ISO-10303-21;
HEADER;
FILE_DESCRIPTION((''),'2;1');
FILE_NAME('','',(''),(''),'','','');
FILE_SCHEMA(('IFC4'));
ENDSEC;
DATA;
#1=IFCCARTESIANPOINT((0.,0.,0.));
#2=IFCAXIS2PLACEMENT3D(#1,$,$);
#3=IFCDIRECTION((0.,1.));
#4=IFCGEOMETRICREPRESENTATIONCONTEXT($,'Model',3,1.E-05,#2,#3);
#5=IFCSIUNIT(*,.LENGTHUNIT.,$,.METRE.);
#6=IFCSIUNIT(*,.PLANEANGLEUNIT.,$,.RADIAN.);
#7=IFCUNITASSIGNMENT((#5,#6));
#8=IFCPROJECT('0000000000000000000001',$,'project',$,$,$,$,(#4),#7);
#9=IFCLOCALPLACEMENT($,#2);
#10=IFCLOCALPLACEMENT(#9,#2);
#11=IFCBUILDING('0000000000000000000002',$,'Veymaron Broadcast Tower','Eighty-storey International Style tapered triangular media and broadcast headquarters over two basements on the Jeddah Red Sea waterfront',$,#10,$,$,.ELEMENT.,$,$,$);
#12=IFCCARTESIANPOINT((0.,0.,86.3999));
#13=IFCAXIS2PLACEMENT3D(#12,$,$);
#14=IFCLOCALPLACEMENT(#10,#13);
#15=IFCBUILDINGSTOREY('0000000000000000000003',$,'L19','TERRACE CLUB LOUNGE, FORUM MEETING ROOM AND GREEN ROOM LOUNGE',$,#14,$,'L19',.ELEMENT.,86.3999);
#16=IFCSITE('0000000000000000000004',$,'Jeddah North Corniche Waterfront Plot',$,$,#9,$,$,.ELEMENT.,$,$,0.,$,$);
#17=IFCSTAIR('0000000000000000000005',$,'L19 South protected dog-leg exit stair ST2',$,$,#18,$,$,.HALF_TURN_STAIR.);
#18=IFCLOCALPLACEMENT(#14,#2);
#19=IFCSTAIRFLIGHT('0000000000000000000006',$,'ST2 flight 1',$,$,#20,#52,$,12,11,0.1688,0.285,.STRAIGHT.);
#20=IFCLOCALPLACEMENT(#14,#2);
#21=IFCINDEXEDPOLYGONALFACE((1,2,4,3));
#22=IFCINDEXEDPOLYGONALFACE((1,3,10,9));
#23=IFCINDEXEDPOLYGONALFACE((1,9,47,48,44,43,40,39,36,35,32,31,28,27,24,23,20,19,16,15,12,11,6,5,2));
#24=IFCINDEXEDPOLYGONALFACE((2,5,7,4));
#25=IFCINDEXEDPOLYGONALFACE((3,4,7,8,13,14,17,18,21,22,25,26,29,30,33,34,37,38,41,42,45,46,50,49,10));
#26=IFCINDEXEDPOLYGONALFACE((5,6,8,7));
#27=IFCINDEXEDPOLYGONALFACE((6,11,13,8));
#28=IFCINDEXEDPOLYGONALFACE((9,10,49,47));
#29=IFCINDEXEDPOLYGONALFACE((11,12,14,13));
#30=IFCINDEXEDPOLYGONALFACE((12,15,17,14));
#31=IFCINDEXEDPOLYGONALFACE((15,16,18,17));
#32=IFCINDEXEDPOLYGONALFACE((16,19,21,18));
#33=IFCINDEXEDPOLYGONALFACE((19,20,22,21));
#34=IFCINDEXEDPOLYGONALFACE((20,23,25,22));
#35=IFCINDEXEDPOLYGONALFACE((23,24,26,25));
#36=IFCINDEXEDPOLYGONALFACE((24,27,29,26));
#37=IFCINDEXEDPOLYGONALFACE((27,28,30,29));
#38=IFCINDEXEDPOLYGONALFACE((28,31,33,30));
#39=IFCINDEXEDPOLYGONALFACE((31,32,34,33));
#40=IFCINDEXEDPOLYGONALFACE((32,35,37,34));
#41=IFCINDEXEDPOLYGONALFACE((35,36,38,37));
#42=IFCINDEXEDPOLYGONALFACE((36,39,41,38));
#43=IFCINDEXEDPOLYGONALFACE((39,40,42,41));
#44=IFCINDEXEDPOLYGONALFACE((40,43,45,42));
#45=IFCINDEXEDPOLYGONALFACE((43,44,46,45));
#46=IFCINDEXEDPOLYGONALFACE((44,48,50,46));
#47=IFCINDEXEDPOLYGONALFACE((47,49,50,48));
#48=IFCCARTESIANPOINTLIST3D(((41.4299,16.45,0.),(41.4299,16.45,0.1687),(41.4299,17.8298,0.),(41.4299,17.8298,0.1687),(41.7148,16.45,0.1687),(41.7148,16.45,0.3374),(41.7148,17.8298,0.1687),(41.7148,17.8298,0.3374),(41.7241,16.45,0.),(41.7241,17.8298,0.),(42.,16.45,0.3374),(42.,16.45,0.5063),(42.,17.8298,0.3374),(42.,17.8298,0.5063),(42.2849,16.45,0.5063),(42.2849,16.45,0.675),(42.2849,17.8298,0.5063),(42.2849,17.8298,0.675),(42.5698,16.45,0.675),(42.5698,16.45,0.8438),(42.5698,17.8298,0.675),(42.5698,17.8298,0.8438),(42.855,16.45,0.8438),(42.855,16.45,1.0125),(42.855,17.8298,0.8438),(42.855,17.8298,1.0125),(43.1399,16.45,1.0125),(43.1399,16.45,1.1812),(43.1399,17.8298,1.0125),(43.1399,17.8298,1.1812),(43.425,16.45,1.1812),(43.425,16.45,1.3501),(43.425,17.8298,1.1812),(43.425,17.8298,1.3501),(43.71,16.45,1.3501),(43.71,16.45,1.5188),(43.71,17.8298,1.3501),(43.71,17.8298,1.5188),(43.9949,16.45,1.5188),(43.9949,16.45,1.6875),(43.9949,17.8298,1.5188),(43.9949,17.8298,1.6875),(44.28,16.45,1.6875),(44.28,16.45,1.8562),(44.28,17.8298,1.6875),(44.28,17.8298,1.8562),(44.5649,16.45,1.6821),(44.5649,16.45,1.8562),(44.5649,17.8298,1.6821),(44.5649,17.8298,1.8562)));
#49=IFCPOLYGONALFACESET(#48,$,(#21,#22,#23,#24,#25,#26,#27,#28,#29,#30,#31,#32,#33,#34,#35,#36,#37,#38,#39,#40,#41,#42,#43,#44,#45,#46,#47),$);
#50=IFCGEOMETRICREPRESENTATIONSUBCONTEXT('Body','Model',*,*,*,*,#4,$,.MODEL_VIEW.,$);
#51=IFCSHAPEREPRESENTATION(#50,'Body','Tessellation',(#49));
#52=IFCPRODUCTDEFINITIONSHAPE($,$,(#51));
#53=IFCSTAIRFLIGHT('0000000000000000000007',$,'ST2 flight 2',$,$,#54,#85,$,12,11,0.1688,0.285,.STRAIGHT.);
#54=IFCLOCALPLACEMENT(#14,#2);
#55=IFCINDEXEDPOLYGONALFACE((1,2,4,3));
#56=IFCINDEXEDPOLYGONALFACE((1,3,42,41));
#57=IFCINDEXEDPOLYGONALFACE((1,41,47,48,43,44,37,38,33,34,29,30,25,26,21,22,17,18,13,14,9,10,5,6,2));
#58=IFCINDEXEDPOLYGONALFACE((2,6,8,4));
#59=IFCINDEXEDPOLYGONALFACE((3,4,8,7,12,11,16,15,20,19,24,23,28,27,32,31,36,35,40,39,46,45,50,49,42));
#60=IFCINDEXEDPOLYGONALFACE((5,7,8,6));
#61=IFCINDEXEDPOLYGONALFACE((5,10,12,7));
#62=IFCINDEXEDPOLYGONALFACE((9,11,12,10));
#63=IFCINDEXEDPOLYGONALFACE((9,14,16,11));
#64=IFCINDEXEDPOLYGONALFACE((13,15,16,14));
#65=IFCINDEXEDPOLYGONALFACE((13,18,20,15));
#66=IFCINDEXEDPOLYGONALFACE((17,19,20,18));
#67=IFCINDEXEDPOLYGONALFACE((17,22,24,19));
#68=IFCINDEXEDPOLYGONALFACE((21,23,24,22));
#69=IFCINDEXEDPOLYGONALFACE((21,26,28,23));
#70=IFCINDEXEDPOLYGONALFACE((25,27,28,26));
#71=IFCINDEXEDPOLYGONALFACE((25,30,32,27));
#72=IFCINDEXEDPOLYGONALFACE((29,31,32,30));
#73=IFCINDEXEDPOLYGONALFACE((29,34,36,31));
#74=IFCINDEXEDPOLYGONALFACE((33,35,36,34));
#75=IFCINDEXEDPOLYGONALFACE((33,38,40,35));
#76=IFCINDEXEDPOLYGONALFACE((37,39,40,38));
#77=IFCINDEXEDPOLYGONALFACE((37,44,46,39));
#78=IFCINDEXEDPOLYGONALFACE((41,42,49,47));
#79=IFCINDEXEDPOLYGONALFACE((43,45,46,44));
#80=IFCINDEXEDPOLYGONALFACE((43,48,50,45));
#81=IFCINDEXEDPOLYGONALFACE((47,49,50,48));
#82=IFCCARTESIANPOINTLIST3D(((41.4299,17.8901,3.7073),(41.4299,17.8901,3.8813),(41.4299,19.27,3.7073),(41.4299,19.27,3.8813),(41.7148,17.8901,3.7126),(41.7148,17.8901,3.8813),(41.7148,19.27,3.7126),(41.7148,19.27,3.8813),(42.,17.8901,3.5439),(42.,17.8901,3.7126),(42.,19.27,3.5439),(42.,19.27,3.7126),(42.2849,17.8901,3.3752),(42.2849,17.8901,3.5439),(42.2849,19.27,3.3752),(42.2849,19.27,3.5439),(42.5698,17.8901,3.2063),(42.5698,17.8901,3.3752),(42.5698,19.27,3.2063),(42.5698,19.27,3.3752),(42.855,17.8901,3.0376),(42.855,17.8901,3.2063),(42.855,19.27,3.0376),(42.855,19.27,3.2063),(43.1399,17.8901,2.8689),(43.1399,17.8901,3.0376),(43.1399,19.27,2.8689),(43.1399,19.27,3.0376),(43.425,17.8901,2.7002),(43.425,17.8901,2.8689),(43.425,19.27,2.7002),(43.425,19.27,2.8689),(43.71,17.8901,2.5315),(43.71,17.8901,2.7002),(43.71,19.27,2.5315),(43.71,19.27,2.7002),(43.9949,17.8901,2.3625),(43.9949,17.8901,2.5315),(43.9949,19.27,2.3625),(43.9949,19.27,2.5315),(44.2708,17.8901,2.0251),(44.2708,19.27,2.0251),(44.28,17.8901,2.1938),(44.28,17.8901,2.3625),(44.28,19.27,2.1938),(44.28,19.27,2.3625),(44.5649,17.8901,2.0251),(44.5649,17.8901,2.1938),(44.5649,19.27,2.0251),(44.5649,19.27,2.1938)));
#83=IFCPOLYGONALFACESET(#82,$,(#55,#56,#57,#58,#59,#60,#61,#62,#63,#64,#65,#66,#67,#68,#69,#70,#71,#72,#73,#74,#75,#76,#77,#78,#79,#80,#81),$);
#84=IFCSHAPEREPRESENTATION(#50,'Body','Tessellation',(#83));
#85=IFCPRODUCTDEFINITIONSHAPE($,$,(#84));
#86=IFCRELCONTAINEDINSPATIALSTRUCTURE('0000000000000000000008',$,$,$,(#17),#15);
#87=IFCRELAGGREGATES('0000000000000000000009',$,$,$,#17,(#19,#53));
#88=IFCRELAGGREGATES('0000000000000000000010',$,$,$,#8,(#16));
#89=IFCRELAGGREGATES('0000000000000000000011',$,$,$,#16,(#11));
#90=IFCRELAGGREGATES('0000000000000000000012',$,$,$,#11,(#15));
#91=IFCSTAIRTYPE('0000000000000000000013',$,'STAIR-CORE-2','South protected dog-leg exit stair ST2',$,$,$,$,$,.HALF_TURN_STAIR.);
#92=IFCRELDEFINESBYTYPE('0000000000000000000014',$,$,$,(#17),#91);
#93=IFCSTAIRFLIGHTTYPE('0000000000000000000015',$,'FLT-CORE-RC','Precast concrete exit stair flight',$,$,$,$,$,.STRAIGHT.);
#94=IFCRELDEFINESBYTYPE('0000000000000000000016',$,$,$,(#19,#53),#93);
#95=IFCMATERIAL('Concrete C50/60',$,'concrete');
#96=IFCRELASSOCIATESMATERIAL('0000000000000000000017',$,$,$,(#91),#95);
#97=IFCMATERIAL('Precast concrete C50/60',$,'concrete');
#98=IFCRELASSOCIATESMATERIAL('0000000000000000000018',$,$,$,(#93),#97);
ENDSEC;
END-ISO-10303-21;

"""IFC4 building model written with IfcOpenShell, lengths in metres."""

from ifc_helpers import new_model, si_unit, direction, frame, origin, place, context, subcontext, project, spatial, polyline, outline, extrude, material, type_object, element, aggregate, save


model = new_model("IFC4")

# Units and contexts
model_context = context("Model", 3, precision=1e-05, world=origin(), true_north=direction((0.0, 1.0)))
body_context = subcontext(model_context, "Body", "Model", "MODEL_VIEW")
ifc_project = project(units=[si_unit("LENGTHUNIT", "METRE"), si_unit("PLANEANGLEUNIT", "RADIAN")], contexts=[model_context])

# Site, building, storey
site_placement = place(None, origin())
site = spatial("IfcSite", under=ifc_project, at=site_placement, Name="Jeddah North Corniche Waterfront Plot", CompositionType="ELEMENT", RefElevation=0.0)
building_placement = place(site_placement, origin())
building = spatial("IfcBuilding", under=site, at=building_placement, Name="Veymaron Broadcast Tower", Description="Eighty-storey International Style tapered triangular media and broadcast headquarters over two basements on the Jeddah Red Sea waterfront", CompositionType="ELEMENT")
storey_placement = place(building_placement, frame((0.0, 0.0, 86.3999)))
storey = spatial("IfcBuildingStorey", under=building, at=storey_placement, Name="L19", Description="TERRACE CLUB LOUNGE, FORUM MEETING ROOM AND GREEN ROOM LOUNGE", LongName="L19", CompositionType="ELEMENT", Elevation=86.3999)

# Shared definitions
ifc_material_1 = material(Name="Concrete C50/60", Category="concrete")

# Stair, stair flights
stair_type = type_object("IfcStairType", Name="STAIR-CORE-2", Description="South protected dog-leg exit stair ST2", PredefinedType="HALF_TURN_STAIR", material=ifc_material_1)
stair_placement = place(storey_placement, origin())
stair = element("IfcStair", 1, at=stair_placement, inside=storey, type_object=stair_type, Name="L19 South protected dog-leg exit stair ST2", PredefinedType="HALF_TURN_STAIR")
ifc_material_2 = material(Name="Precast concrete C50/60", Category="concrete")
stair_flight_type = type_object("IfcStairFlightType", Name="FLT-CORE-RC", Description="Precast concrete exit stair flight", PredefinedType="STRAIGHT", material=ifc_material_2)
stair_flight_1_placement = place(storey_placement, frame((41.4299, 17.1399, 0.0), z_axis=(0.0, 0.0, 1.0), x_axis=(1.0, 0.0, 0.0)))
stair_flight_1 = element("IfcStairFlight", 2, at=stair_flight_1_placement, type_object=stair_flight_type, Name="ST2 flight 1", NumberOfRisers=12, NumberOfTreads=11, PredefinedType="STRAIGHT", RiserHeight=0.1688, TreadLength=0.285, context=body_context, shape_type="SweptSolid", body=[
    extrude(outline(polyline([(0.0, 0.0), (0.0, 0.1687), (0.2849, 0.1687), (0.2849, 0.3374), (0.5701, 0.3374), (0.5701, 0.5063), (0.855, 0.5063), (0.855, 0.675), (1.1399, 0.675), (1.1399, 0.8438), (1.425, 0.8438), (1.425, 1.0125), (1.71, 1.0125), (1.71, 1.1812), (1.9951, 1.1812), (1.9951, 1.3501), (2.28, 1.3501), (2.28, 1.5188), (2.5649, 1.5188), (2.5649, 1.6875), (2.8501, 1.6875), (2.8501, 1.8562), (3.135, 1.8562), (3.135, 2.0249), (3.135, 1.6821), (0.2942, 0.0), (0.0, 0.0)])), frame((0.0, 0.6899, 0.0), z_axis=(0.0, -1.0, 0.0), x_axis=(1.0, 0.0, 0.0)), (0.0, 0.0, 1.0), 1.3799),
])
stair_flight_2_placement = place(storey_placement, frame((44.5649, 18.5801, 2.0251), z_axis=(0.0, 0.0, 1.0), x_axis=(-1.0, 0.0, 0.0)))
stair_flight_2 = element("IfcStairFlight", 3, at=stair_flight_2_placement, type_object=stair_flight_type, Name="ST2 flight 2", NumberOfRisers=12, NumberOfTreads=11, PredefinedType="STRAIGHT", RiserHeight=0.1688, TreadLength=0.285, context=body_context, shape_type="SweptSolid", body=[
    extrude(outline(polyline([(0.0, 0.0), (0.0, 0.1687), (0.2849, 0.1687), (0.2849, 0.3374), (0.5701, 0.3374), (0.5701, 0.5063), (0.855, 0.5063), (0.855, 0.675), (1.1399, 0.675), (1.1399, 0.8438), (1.425, 0.8438), (1.425, 1.0125), (1.71, 1.0125), (1.71, 1.1812), (1.9951, 1.1812), (1.9951, 1.3501), (2.28, 1.3501), (2.28, 1.5188), (2.5649, 1.5188), (2.5649, 1.6875), (2.8501, 1.6875), (2.8501, 1.8562), (3.135, 1.8562), (3.135, 2.0249), (3.135, 1.6821), (0.2942, 0.0), (0.0, 0.0)])), frame((0.0, 0.6899, 0.0), z_axis=(0.0, -1.0, 0.0), x_axis=(1.0, 0.0, 0.0)), (0.0, 0.0, 1.0), 1.3799),
])
aggregate(stair, [stair_flight_1, stair_flight_2])

save(model, "model.ifc")
